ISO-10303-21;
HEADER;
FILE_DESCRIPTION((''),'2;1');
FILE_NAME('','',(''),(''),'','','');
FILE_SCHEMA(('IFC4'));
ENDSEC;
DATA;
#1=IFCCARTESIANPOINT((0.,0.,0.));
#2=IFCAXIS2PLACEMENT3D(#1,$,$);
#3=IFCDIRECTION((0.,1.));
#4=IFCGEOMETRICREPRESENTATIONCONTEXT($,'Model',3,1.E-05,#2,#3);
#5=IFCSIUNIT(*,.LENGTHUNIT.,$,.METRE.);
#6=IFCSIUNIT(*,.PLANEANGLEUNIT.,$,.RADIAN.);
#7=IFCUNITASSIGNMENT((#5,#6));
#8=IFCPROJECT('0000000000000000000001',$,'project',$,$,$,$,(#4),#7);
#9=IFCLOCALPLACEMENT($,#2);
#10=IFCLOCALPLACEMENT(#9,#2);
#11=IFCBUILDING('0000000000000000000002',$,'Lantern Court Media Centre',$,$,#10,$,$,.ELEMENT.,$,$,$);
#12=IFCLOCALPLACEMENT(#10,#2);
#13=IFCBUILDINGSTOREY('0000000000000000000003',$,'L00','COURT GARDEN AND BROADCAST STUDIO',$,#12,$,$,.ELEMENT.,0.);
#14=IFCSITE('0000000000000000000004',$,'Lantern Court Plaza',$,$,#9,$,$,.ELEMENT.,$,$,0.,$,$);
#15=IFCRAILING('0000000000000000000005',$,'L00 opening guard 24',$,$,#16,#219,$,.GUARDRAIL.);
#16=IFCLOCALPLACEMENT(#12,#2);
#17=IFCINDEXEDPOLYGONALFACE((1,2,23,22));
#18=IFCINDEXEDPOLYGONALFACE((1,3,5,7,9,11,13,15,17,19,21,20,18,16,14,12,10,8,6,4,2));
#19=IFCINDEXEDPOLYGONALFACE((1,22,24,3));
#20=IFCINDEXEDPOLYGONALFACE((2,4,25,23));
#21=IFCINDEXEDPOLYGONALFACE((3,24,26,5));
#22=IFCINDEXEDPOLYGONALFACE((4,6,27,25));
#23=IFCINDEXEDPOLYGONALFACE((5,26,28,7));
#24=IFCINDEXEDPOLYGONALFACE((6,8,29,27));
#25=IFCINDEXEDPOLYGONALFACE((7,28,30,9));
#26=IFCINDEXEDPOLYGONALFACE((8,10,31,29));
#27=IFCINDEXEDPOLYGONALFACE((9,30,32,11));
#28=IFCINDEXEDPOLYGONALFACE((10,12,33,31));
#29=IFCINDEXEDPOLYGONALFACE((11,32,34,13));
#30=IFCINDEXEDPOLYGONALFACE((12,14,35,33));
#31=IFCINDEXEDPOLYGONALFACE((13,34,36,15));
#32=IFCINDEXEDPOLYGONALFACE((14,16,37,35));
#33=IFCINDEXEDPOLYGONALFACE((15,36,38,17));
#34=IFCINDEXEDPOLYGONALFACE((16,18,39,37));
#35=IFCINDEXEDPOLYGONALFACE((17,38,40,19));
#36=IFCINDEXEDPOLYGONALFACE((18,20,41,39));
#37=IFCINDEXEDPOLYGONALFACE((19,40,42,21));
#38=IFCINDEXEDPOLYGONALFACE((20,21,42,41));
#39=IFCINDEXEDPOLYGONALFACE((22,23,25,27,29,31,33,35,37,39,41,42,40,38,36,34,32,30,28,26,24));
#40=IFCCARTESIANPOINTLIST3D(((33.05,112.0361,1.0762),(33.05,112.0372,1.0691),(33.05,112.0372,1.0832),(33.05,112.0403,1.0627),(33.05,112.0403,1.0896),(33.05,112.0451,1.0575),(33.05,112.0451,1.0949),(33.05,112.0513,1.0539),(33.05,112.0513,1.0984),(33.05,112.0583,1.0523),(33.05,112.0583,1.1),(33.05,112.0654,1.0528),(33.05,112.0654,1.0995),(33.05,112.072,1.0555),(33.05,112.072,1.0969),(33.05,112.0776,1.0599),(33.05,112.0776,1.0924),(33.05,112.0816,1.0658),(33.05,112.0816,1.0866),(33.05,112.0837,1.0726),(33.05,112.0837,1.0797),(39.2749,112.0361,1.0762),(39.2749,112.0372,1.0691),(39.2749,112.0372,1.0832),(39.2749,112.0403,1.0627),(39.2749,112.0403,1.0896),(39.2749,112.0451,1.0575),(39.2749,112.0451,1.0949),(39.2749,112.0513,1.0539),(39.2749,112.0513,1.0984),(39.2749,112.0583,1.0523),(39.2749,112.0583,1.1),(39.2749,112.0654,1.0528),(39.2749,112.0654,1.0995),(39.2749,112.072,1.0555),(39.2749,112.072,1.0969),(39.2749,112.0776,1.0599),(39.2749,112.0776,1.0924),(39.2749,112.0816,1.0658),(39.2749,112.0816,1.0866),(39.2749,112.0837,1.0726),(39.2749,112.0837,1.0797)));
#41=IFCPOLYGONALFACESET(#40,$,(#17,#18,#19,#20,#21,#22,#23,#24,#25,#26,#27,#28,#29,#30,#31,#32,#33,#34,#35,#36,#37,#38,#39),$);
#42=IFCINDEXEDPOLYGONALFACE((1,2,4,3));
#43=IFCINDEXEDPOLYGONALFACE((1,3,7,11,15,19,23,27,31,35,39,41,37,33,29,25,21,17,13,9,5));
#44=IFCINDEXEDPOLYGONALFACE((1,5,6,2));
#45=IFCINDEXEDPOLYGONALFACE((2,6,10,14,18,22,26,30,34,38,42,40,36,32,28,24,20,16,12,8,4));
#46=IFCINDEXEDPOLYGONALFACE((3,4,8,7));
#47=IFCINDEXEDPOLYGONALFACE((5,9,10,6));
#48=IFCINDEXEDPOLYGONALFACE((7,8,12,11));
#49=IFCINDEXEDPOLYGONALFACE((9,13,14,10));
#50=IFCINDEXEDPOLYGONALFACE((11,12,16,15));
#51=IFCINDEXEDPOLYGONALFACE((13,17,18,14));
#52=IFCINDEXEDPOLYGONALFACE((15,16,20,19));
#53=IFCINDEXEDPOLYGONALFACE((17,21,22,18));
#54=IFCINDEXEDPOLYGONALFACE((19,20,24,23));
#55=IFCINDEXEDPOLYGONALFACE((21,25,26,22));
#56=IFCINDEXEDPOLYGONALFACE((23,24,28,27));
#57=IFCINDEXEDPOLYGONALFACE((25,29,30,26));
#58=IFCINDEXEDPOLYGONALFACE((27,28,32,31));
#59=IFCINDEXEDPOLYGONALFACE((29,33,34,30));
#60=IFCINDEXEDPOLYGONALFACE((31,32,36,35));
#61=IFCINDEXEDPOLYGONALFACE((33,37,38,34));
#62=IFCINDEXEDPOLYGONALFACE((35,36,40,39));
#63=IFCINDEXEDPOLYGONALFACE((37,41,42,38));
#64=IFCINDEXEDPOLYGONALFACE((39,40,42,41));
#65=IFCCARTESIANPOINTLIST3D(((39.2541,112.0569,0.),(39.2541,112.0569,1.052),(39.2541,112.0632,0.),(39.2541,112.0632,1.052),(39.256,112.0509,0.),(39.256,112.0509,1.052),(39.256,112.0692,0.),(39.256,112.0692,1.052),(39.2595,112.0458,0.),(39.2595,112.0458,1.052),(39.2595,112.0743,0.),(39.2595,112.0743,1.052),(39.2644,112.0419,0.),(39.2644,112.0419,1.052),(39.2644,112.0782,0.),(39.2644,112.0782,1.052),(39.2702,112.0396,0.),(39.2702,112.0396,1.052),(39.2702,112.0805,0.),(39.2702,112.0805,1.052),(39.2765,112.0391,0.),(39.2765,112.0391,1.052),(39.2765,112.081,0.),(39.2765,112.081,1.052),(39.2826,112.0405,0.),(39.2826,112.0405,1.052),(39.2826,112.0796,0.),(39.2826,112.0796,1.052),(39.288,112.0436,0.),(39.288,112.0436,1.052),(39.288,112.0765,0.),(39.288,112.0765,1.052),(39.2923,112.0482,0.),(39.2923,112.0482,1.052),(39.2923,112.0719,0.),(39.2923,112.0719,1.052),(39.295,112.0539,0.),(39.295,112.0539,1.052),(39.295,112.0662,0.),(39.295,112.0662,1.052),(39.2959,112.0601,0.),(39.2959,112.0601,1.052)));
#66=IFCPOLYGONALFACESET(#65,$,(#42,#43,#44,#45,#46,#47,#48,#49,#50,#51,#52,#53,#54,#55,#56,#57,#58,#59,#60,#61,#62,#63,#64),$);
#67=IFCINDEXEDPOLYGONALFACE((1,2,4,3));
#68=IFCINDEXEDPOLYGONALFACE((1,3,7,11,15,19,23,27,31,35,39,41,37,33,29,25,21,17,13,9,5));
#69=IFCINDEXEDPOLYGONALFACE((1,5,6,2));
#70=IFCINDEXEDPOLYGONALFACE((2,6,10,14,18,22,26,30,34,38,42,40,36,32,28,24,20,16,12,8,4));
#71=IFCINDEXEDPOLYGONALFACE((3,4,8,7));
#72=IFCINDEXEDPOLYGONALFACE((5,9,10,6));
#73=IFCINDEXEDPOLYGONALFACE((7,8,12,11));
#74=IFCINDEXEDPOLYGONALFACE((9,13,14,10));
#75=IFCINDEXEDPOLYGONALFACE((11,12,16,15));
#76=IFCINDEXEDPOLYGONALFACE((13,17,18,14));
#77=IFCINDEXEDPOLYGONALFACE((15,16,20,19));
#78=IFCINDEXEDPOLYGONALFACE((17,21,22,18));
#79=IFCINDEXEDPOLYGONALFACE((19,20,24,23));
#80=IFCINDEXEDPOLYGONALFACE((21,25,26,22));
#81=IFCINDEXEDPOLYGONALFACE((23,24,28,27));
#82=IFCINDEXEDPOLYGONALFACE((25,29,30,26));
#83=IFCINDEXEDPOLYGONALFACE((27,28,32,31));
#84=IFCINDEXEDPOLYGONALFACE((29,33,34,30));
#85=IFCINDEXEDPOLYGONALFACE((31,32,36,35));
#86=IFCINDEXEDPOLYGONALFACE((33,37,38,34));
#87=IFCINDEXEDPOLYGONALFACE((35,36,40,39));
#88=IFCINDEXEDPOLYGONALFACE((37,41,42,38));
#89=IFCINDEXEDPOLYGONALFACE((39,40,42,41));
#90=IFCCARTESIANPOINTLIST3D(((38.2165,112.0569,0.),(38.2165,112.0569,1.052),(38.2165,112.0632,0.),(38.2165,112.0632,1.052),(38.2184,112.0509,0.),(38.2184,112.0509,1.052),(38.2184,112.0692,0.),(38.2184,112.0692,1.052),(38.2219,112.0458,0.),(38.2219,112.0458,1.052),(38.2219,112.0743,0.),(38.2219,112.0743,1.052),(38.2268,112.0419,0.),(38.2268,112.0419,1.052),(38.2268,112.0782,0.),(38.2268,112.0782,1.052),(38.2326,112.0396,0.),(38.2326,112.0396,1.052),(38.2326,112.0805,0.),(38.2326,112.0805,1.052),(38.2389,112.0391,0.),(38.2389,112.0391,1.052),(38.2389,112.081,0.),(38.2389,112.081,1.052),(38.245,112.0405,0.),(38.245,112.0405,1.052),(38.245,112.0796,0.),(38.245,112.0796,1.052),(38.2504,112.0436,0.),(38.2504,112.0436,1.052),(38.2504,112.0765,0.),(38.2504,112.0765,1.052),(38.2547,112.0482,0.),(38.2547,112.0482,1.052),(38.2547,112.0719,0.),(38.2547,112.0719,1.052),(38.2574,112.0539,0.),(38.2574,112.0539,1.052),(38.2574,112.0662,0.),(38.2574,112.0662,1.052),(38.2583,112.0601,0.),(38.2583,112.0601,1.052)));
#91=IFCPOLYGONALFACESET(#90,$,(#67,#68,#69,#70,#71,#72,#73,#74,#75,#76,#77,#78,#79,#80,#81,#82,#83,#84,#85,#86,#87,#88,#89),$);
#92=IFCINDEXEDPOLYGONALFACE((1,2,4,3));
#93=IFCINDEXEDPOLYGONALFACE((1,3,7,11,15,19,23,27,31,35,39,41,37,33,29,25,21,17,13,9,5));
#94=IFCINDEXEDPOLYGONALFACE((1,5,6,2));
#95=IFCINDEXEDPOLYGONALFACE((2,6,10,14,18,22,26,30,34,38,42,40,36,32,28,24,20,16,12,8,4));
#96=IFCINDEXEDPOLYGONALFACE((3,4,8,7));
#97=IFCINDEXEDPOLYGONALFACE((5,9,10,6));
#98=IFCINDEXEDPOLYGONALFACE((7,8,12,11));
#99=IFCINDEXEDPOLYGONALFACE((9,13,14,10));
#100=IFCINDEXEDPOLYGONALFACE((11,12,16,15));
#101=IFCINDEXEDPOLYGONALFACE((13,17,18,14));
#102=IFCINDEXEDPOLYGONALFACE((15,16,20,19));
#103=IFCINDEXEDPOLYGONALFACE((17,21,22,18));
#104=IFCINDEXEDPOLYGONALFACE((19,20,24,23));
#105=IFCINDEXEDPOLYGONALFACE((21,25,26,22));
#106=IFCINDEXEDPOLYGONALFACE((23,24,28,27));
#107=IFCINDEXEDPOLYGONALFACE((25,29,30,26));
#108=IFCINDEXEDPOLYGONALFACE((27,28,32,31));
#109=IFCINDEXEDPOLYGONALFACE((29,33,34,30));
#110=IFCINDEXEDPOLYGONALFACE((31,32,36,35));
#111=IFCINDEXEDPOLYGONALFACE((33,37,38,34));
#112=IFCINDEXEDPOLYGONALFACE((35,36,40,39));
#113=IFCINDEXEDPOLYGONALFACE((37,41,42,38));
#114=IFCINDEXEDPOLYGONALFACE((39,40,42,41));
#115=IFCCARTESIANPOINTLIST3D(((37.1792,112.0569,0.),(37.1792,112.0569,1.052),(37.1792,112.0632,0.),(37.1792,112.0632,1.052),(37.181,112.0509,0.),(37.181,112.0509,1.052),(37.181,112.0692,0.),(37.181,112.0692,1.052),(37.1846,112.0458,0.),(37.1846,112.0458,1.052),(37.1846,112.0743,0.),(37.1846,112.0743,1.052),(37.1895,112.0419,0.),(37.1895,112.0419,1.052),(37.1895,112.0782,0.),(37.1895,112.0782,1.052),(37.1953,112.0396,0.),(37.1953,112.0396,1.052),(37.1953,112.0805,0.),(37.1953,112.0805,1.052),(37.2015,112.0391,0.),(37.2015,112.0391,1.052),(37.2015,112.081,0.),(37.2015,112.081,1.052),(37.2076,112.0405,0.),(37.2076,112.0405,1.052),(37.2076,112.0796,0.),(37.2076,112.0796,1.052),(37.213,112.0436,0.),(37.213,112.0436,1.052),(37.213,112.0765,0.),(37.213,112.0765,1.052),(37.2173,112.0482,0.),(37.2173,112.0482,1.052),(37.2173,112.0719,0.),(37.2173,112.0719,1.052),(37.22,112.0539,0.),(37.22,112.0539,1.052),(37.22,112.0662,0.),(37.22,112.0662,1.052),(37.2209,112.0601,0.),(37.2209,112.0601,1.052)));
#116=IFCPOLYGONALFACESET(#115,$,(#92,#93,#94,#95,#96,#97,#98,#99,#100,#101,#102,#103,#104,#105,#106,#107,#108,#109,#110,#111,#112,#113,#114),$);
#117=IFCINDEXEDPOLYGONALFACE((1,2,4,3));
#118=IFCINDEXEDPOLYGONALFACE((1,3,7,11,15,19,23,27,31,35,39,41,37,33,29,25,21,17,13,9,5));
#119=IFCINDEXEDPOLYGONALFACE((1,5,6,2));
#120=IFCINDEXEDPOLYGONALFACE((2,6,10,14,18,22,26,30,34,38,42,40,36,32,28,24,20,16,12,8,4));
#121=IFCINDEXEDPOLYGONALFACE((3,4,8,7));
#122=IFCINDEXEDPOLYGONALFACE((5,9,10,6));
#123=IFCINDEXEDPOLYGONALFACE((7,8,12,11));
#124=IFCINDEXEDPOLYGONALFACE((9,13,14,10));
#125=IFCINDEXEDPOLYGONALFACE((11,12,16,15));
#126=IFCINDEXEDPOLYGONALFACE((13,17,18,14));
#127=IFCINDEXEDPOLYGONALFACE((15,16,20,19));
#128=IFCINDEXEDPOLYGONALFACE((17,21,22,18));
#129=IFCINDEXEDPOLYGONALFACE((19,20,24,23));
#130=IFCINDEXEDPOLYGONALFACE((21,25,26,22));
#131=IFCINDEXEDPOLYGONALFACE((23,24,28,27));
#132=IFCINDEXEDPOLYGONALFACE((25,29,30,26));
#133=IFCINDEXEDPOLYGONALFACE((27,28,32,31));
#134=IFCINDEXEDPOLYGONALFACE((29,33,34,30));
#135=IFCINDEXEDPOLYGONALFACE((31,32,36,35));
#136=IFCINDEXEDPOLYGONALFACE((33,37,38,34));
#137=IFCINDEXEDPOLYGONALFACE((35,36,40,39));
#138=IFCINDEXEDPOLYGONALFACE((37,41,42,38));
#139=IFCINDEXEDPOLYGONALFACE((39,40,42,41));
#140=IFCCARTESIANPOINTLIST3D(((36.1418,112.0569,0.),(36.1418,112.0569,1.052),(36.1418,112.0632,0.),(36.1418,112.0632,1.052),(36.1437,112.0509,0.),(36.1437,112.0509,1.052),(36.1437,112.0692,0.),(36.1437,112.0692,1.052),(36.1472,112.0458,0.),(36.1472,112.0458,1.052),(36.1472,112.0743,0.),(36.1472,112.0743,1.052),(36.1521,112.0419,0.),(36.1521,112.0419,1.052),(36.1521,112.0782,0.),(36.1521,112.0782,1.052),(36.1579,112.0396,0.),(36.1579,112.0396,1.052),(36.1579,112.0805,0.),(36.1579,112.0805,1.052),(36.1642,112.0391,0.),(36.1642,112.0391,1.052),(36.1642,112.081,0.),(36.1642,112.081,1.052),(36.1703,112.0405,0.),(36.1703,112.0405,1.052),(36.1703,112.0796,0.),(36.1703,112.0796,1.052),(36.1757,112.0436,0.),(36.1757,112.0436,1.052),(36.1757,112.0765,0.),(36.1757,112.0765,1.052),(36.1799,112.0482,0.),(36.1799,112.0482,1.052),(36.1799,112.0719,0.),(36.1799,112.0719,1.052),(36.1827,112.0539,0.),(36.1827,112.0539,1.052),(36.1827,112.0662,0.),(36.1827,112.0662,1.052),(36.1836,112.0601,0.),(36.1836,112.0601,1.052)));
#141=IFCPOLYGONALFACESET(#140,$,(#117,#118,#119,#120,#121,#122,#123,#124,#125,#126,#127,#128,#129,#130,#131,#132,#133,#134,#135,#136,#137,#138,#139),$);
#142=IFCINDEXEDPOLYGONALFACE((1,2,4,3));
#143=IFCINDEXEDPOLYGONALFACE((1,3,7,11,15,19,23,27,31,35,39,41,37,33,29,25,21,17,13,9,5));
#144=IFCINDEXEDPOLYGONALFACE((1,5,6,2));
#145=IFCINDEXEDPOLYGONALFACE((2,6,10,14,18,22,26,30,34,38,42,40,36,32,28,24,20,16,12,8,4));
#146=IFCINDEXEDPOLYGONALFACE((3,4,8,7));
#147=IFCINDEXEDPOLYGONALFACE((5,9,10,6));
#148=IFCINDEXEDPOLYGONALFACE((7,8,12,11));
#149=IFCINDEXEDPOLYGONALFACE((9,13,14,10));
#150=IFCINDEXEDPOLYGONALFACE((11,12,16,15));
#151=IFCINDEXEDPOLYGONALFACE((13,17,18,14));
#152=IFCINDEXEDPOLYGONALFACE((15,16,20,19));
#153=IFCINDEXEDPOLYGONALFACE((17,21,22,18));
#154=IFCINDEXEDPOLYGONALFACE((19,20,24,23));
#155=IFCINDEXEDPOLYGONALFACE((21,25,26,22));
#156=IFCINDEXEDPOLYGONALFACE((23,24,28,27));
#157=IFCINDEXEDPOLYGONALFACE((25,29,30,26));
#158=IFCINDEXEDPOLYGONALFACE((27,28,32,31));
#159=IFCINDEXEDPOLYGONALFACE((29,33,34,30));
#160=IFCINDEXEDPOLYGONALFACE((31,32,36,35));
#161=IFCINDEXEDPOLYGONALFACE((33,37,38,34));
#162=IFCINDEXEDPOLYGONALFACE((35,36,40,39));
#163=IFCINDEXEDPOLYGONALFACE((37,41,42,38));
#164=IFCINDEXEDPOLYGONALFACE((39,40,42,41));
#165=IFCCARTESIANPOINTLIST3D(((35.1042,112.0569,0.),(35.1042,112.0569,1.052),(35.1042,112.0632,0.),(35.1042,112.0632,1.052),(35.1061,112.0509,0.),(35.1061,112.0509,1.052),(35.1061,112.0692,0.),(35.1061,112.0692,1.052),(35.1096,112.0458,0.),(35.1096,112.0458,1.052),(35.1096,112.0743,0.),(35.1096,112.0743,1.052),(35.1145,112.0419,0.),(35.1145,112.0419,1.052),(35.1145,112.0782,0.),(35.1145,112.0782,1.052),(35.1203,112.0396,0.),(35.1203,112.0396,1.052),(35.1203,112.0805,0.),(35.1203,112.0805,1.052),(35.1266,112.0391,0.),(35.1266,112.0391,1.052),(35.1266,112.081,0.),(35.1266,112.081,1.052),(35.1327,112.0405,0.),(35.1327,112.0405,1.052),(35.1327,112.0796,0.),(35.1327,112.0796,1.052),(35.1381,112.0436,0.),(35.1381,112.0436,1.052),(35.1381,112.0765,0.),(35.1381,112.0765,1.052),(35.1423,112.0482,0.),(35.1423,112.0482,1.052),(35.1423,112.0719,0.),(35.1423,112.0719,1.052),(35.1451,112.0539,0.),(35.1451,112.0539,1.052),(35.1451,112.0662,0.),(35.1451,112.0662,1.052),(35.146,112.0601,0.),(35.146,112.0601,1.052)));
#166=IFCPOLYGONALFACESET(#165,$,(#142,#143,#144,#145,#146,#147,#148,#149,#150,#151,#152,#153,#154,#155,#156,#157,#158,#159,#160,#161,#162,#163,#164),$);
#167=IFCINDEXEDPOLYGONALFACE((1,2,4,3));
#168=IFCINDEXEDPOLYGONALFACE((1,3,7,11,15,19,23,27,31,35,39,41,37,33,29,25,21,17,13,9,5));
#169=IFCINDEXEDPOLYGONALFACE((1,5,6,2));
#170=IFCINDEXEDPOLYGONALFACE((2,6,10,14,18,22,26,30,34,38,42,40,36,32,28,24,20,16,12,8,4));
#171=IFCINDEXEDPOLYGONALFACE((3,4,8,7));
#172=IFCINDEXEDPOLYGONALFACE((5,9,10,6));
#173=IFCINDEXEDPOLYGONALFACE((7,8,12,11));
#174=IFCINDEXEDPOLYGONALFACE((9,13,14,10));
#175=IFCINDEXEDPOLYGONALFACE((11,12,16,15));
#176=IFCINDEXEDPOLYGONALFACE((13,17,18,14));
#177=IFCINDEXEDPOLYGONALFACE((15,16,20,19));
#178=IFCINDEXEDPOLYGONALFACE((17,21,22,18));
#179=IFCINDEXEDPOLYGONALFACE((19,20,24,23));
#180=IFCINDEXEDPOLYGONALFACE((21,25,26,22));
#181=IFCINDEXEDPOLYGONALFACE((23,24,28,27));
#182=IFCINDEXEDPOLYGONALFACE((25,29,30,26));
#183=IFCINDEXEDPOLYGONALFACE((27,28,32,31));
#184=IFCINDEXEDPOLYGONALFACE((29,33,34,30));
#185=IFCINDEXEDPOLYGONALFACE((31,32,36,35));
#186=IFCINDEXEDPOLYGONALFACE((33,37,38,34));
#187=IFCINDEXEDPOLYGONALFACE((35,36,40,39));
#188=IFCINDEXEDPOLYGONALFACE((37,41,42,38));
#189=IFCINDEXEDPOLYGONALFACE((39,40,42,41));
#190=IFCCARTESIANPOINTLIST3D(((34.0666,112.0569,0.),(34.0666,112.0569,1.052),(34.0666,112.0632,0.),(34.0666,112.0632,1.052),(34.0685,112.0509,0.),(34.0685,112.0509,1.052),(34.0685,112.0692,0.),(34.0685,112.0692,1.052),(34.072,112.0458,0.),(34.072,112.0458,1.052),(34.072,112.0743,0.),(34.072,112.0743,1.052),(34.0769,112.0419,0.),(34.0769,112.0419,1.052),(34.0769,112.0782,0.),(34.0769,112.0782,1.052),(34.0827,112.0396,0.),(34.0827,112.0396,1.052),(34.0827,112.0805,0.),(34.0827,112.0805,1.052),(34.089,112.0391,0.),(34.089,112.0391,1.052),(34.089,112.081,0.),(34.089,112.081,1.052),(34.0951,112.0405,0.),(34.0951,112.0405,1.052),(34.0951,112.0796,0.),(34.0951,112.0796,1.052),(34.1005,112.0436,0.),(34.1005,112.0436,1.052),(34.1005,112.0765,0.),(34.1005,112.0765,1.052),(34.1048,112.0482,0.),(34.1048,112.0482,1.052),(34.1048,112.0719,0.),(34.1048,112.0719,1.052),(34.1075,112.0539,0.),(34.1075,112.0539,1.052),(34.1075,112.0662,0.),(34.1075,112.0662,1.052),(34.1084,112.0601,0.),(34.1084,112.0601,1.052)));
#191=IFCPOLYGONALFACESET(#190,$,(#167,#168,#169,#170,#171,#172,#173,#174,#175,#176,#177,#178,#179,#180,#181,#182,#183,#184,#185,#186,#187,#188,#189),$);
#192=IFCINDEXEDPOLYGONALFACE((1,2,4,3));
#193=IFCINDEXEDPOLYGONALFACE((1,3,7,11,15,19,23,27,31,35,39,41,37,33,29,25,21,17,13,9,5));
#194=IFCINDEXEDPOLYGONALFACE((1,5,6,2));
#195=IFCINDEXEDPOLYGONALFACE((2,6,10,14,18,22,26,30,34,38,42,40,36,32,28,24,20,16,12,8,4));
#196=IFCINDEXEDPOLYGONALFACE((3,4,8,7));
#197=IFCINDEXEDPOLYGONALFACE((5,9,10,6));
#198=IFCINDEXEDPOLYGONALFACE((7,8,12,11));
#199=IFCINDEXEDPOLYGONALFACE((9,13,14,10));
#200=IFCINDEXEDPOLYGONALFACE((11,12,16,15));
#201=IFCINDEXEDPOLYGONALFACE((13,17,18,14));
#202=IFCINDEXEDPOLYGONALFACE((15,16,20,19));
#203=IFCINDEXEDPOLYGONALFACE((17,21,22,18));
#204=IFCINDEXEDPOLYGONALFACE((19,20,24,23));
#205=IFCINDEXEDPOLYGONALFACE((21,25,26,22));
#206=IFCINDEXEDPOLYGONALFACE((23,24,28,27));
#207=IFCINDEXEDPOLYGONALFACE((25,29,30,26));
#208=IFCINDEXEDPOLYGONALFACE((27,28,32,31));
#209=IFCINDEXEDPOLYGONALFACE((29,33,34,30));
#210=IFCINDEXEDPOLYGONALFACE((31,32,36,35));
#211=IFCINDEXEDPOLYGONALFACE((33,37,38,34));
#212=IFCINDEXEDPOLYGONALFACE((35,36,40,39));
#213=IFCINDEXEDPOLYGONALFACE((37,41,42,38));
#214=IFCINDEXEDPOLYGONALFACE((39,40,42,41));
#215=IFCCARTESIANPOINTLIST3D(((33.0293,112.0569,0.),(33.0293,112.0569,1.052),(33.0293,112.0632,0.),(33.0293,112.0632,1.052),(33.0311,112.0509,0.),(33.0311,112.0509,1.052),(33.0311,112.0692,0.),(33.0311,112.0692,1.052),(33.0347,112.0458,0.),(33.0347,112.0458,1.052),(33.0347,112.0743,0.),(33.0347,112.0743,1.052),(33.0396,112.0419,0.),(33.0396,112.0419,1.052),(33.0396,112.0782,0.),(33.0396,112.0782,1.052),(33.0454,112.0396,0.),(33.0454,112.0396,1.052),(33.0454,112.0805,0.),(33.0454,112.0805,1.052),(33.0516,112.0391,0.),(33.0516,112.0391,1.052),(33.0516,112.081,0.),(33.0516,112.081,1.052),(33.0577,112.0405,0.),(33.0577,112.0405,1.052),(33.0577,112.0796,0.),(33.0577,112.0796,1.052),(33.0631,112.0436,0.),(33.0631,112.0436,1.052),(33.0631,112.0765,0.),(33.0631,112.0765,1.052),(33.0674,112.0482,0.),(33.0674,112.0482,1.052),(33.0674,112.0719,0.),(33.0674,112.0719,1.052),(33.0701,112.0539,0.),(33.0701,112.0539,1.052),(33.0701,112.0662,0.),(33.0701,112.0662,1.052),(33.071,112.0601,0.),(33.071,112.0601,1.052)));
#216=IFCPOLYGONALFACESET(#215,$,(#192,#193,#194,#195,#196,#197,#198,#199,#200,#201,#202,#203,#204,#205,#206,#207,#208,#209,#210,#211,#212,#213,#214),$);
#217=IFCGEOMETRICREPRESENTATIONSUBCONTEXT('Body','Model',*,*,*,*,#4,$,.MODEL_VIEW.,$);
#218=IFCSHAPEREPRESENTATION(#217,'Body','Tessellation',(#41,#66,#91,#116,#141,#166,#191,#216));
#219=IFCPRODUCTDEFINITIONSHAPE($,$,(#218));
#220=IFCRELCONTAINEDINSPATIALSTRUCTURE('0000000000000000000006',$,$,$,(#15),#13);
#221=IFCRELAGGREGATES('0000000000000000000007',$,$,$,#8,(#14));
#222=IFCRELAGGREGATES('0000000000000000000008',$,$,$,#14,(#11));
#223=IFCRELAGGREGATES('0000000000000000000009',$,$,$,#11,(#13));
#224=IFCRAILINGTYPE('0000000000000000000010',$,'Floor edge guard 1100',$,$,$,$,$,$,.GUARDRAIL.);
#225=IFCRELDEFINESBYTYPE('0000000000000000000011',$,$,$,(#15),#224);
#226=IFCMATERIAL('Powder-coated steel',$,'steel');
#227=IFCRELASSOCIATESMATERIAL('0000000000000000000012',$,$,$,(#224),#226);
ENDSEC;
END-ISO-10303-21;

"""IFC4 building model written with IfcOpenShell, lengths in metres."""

from ifc_helpers import new_model, si_unit, direction, frame, origin, origin_2d, place, context, subcontext, project, spatial, circle, extrude, material, type_object, element, save


model = new_model("IFC4")

# Units and contexts
model_context = context("Model", 3, precision=1e-05, world=origin(), true_north=direction((0.0, 1.0)))
body_context = subcontext(model_context, "Body", "Model", "MODEL_VIEW")
ifc_project = project(units=[si_unit("LENGTHUNIT", "METRE"), si_unit("PLANEANGLEUNIT", "RADIAN")], contexts=[model_context])

# Site, building, storey
site_placement = place(None, origin())
site = spatial("IfcSite", under=ifc_project, at=site_placement, Name="Lantern Court Plaza", CompositionType="ELEMENT", RefElevation=0.0)
building_placement = place(site_placement, origin())
building = spatial("IfcBuilding", under=site, at=building_placement, Name="Lantern Court Media Centre", CompositionType="ELEMENT")
storey_placement = place(building_placement, origin())
storey = spatial("IfcBuildingStorey", under=building, at=storey_placement, Name="L00", Description="COURT GARDEN AND BROADCAST STUDIO", CompositionType="ELEMENT", Elevation=0.0)

# Railing
ifc_material_1 = material(Name="Powder-coated steel", Category="steel")
railing_type = type_object("IfcRailingType", Name="Floor edge guard 1100", PredefinedType="GUARDRAIL", material=ifc_material_1)
railing_placement = place(storey_placement, frame((39.2749, 112.0601, 0.0)))
element("IfcRailing", 1, at=railing_placement, inside=storey, type_object=railing_type, Name="L00 opening guard 24", PredefinedType="GUARDRAIL", context=body_context, shape_type="SweptSolid", body=[
    extrude(circle(Radius=0.0239, at=origin_2d()), frame((0.0, 0.0, 1.0762), z_axis=(-1.0, 0.0, 0.0), x_axis=(0.0, -1.0, 0.0)), (0.0, 0.0, 1.0), 6.2249),
    extrude(circle(Radius=0.021, at=origin_2d()), origin(), (0.0, 0.0, 1.0), 1.052),
    extrude(circle(Radius=0.021, at=origin_2d()), frame((-1.0376, 0.0, 0.0)), (0.0, 0.0, 1.0), 1.052),
    extrude(circle(Radius=0.021, at=origin_2d()), frame((-2.075, 0.0, 0.0)), (0.0, 0.0, 1.0), 1.052),
    extrude(circle(Radius=0.021, at=origin_2d()), frame((-3.1123, 0.0, 0.0)), (0.0, 0.0, 1.0), 1.052),
    extrude(circle(Radius=0.021, at=origin_2d()), frame((-4.1499, 0.0, 0.0)), (0.0, 0.0, 1.0), 1.052),
    extrude(circle(Radius=0.021, at=origin_2d()), frame((-5.1875, 0.0, 0.0)), (0.0, 0.0, 1.0), 1.052),
    extrude(circle(Radius=0.021, at=origin_2d()), frame((-6.2249, 0.0, 0.0)), (0.0, 0.0, 1.0), 1.052),
])

save(model, "model.ifc")
